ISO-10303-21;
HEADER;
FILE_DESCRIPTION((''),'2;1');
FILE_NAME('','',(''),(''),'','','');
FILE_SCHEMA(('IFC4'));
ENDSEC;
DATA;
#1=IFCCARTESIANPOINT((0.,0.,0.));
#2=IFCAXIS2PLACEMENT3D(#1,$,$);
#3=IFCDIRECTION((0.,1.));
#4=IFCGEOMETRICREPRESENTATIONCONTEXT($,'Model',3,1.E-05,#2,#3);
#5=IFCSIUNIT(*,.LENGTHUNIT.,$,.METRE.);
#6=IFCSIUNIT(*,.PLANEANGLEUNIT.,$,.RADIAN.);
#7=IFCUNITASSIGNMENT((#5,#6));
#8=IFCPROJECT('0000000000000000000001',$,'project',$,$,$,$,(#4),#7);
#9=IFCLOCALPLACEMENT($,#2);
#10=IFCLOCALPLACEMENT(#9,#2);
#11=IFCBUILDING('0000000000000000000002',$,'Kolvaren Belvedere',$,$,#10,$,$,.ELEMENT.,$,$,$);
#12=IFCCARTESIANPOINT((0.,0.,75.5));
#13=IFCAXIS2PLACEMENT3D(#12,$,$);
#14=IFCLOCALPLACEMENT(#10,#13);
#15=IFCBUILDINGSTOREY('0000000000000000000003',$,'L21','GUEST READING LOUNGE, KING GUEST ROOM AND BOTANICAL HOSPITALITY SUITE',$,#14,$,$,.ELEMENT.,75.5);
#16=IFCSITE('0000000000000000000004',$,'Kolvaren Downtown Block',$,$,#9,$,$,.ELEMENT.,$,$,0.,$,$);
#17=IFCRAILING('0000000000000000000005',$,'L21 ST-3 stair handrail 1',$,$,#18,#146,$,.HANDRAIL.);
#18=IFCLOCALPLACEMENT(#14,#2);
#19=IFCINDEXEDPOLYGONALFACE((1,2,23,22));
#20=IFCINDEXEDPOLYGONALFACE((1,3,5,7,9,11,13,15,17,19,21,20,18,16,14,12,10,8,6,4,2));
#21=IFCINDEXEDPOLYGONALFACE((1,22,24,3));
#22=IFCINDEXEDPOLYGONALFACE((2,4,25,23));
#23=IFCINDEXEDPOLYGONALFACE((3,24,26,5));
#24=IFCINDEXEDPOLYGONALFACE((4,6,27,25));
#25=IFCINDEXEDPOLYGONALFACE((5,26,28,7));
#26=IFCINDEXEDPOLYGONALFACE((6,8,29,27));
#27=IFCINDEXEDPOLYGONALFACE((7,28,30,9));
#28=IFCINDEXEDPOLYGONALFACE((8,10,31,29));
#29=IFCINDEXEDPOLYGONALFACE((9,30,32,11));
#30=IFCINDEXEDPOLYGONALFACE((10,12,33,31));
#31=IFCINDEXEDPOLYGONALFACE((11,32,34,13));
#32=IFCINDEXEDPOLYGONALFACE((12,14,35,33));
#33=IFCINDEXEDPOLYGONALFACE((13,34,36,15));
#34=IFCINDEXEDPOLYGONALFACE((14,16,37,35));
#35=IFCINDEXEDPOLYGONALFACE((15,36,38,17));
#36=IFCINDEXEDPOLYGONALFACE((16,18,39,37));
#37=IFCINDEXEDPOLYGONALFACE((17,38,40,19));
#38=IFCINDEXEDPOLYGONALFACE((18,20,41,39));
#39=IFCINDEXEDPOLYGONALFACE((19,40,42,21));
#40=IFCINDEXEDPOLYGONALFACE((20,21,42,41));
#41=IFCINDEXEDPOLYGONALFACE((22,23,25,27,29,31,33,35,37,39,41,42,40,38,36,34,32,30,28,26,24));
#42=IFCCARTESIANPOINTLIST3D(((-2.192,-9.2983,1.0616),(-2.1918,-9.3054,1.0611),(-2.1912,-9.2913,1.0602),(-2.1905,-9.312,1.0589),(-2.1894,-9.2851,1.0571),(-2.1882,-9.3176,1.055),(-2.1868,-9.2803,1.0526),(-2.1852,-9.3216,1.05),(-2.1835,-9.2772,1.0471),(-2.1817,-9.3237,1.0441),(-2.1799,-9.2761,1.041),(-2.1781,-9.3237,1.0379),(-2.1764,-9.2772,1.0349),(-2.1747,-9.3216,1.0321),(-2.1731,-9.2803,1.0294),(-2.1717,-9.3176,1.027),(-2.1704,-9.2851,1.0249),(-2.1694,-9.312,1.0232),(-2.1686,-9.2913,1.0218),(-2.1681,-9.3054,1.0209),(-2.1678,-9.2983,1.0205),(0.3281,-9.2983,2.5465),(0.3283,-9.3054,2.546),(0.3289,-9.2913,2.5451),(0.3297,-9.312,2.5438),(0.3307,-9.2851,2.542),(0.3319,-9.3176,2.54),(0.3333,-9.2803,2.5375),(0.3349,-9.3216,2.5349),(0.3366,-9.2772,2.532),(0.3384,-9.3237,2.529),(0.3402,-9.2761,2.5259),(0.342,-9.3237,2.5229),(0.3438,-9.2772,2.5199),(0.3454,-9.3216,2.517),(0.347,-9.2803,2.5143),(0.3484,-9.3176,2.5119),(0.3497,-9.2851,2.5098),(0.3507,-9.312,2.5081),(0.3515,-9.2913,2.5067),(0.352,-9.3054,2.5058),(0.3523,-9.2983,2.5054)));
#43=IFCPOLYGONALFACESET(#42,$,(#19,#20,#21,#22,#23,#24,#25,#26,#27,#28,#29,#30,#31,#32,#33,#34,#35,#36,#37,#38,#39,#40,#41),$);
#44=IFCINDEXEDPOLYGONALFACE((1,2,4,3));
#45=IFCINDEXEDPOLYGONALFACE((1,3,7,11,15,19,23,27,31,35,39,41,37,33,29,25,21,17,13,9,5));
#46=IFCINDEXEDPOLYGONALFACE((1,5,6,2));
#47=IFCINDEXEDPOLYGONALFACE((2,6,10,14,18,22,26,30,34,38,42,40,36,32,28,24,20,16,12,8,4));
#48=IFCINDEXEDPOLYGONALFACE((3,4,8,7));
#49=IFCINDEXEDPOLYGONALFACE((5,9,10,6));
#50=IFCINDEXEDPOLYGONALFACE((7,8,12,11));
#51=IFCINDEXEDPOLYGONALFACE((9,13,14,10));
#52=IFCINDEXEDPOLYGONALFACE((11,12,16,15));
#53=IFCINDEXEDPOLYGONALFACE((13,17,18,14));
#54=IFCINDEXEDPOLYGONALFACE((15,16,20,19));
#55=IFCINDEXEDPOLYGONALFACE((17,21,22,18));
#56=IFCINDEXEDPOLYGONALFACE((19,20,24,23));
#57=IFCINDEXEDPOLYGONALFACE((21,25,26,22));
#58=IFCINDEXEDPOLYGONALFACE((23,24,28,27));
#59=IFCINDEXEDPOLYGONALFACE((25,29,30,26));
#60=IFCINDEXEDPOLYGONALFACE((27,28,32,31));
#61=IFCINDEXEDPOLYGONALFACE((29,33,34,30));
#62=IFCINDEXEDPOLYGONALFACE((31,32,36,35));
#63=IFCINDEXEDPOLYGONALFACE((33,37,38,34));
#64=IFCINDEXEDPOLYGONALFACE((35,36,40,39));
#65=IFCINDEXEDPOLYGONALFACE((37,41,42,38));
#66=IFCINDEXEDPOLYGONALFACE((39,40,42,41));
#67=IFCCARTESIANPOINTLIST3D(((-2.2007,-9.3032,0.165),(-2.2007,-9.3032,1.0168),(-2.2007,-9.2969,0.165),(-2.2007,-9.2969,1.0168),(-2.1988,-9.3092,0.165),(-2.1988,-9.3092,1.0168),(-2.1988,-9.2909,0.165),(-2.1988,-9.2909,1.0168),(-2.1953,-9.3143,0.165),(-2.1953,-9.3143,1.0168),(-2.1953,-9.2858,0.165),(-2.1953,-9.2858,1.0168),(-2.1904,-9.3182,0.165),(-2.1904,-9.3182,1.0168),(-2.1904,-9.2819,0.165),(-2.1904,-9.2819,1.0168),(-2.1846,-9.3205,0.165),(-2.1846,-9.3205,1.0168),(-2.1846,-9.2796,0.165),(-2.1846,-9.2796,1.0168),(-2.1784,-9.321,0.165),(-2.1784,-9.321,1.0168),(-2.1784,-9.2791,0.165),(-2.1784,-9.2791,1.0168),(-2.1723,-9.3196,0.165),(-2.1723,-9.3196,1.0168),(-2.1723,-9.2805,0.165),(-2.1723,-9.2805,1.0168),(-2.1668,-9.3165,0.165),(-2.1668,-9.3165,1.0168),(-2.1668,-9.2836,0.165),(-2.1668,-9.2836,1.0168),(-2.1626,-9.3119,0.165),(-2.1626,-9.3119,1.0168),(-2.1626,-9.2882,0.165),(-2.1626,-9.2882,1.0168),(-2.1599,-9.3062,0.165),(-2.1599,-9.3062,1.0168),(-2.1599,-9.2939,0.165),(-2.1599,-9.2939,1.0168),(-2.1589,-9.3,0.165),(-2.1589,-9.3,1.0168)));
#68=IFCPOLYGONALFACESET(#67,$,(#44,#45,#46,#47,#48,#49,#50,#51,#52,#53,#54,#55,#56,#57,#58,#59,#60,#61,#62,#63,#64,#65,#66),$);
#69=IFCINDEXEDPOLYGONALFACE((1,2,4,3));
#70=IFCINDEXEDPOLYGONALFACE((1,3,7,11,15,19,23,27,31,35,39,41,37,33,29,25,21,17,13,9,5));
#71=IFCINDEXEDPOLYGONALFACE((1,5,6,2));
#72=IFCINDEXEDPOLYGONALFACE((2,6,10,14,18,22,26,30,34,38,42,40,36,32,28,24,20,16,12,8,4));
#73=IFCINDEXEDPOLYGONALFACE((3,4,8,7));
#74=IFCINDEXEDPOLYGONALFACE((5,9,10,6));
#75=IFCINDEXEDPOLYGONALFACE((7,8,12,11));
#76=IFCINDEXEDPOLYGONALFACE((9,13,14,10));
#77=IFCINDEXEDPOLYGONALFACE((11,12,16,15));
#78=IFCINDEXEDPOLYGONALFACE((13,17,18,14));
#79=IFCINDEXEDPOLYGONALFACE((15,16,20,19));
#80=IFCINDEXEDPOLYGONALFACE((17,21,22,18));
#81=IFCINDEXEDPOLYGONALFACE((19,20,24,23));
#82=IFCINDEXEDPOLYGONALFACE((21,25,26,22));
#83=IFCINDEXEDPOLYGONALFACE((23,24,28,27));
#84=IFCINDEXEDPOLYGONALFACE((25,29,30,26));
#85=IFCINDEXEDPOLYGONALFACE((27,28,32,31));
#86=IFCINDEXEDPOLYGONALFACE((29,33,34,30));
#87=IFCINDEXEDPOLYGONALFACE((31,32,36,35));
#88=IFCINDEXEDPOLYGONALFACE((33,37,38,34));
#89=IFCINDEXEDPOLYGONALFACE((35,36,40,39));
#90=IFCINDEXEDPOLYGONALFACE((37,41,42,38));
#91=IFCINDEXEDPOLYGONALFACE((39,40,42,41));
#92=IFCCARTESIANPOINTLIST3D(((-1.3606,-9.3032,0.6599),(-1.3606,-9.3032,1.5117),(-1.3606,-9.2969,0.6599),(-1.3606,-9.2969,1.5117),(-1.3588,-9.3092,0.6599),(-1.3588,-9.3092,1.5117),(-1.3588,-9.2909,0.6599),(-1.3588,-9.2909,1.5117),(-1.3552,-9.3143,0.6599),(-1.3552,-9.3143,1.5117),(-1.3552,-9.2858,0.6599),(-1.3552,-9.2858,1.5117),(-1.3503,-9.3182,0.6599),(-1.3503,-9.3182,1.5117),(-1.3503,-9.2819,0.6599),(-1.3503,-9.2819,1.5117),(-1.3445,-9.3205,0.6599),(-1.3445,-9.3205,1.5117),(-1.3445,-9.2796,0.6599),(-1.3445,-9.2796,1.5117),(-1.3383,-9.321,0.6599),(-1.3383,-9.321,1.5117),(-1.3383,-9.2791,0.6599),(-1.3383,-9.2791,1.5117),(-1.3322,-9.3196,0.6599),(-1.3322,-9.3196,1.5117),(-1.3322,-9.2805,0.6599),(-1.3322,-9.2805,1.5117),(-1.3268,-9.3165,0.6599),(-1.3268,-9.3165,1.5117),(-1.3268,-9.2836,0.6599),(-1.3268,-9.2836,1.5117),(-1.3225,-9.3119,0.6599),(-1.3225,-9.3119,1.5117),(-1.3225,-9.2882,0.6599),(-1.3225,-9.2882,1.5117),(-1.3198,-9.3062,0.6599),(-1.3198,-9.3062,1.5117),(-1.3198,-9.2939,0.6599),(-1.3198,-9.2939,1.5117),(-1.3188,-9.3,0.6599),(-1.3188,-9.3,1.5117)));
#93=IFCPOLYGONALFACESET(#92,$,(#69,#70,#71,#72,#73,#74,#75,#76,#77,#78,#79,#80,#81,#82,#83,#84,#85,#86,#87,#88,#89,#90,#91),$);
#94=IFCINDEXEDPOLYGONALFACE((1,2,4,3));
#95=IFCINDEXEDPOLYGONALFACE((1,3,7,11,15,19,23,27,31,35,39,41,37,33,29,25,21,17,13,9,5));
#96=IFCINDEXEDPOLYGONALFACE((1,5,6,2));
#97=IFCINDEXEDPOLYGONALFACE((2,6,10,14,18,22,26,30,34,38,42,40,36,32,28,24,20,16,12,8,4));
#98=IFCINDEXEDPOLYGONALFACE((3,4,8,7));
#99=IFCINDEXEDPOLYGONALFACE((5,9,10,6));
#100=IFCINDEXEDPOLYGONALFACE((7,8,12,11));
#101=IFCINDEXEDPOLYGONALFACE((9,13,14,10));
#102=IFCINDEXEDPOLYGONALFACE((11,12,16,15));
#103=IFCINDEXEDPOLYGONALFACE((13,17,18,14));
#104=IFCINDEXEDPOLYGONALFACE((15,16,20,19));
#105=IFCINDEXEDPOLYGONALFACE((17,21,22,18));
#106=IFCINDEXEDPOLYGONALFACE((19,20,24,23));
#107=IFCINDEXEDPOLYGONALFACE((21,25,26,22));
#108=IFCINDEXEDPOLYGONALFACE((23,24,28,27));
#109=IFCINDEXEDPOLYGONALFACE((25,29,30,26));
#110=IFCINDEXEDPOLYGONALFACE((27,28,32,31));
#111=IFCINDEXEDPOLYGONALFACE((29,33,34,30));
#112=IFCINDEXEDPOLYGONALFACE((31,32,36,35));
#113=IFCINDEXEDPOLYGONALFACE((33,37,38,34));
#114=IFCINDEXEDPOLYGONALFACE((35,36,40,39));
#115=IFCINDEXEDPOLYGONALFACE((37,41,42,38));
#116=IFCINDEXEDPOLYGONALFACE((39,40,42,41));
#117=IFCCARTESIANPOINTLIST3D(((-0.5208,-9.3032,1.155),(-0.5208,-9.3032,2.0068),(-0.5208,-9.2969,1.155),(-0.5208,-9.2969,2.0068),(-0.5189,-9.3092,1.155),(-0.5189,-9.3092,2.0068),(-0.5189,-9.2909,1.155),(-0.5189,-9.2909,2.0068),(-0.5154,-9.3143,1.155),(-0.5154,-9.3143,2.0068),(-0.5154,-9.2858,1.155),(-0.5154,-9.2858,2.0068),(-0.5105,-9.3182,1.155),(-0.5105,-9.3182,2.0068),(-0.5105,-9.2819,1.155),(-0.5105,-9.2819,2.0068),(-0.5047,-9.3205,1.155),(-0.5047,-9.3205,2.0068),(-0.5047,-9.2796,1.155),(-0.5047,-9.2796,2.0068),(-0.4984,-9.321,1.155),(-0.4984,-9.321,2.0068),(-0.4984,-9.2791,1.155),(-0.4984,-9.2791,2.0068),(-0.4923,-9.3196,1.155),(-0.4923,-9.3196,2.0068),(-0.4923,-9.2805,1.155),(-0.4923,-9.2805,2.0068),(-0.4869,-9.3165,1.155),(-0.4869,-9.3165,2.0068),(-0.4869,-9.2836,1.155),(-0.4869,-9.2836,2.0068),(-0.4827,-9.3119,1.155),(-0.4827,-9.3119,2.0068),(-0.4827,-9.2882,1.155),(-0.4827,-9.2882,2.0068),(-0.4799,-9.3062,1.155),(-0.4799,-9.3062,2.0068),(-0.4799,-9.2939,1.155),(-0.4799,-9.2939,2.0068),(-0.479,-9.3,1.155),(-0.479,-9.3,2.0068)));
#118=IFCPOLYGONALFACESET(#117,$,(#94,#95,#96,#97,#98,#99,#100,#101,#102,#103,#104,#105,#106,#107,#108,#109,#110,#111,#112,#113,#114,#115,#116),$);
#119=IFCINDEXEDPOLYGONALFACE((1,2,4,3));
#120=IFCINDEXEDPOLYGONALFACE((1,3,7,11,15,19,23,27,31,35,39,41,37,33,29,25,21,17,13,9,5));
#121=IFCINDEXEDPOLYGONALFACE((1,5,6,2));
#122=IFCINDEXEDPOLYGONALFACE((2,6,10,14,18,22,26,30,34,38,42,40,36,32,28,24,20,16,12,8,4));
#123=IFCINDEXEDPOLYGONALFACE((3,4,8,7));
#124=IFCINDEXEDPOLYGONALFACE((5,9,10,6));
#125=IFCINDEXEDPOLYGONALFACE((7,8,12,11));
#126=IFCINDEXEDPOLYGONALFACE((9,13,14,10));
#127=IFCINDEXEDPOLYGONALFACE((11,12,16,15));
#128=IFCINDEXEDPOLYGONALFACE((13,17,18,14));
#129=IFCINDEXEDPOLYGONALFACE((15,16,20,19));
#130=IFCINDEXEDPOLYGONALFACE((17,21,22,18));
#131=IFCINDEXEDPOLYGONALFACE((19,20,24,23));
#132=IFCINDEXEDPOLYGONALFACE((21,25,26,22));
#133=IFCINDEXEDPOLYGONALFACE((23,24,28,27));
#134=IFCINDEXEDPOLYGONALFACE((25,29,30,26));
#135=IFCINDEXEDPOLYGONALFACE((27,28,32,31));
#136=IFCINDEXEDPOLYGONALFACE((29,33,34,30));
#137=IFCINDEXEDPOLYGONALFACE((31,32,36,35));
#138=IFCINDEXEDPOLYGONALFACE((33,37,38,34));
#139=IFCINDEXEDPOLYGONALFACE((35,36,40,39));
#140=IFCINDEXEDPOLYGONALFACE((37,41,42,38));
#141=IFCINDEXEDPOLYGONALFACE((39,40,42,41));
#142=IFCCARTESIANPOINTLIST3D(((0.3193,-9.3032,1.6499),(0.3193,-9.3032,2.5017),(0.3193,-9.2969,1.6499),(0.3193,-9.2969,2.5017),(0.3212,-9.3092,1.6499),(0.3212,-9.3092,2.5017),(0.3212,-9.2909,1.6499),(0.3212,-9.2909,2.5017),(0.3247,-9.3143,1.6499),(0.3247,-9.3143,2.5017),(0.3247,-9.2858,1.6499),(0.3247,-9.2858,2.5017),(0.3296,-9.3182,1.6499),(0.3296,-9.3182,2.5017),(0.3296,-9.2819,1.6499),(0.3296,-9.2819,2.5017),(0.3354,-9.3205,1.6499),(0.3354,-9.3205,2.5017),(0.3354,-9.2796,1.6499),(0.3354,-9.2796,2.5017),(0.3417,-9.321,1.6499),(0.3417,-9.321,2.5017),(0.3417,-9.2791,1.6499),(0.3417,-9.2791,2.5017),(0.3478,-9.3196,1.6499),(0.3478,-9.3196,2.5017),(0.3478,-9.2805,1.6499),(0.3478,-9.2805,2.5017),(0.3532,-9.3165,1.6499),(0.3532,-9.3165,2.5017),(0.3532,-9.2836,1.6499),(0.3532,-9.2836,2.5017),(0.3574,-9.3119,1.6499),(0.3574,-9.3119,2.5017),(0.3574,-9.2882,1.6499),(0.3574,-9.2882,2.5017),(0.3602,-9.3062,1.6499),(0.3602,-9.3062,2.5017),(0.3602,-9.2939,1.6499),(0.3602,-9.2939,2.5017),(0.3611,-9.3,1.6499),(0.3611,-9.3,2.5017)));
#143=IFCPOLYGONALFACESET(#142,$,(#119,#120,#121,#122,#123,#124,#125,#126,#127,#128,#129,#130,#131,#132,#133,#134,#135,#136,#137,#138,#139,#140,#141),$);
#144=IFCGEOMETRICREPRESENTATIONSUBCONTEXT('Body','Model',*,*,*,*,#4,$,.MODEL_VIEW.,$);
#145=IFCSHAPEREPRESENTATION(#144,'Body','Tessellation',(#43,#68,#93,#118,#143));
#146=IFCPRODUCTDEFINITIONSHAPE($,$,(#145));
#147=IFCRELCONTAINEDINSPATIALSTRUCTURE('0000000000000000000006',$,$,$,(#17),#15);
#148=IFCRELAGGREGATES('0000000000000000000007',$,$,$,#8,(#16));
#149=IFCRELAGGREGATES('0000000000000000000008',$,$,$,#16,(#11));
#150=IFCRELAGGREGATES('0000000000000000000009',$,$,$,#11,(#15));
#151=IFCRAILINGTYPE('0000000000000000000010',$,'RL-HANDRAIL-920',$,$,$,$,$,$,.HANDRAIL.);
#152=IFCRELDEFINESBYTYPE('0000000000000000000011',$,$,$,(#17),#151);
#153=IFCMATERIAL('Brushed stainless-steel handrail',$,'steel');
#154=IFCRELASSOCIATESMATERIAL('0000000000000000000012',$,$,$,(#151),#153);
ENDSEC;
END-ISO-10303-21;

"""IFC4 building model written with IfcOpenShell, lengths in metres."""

from ifc_helpers import new_model, si_unit, direction, frame, origin, origin_2d, place, context, subcontext, project, spatial, circle, extrude, material, type_object, element, save


model = new_model("IFC4")

# Units and contexts
model_context = context("Model", 3, precision=1e-05, world=origin(), true_north=direction((0.0, 1.0)))
body_context = subcontext(model_context, "Body", "Model", "MODEL_VIEW")
ifc_project = project(units=[si_unit("LENGTHUNIT", "METRE"), si_unit("PLANEANGLEUNIT", "RADIAN")], contexts=[model_context])

# Site, building, storey
site_placement = place(None, origin())
site = spatial("IfcSite", under=ifc_project, at=site_placement, Name="Kolvaren Downtown Block", CompositionType="ELEMENT", RefElevation=0.0)
building_placement = place(site_placement, origin())
building = spatial("IfcBuilding", under=site, at=building_placement, Name="Kolvaren Belvedere", CompositionType="ELEMENT")
storey_placement = place(building_placement, frame((0.0, 0.0, 75.5)))
storey = spatial("IfcBuildingStorey", under=building, at=storey_placement, Name="L21", Description="GUEST READING LOUNGE, KING GUEST ROOM AND BOTANICAL HOSPITALITY SUITE", CompositionType="ELEMENT", Elevation=75.5)

# Railing
ifc_material_1 = material(Name="Brushed stainless-steel handrail", Category="steel")
railing_type_1 = type_object("IfcRailingType", Name="RL-HANDRAIL-920", PredefinedType="HANDRAIL", material=ifc_material_1)
railing_1_placement = place(storey_placement, frame((-2.1799, -9.3, 0.165)))
element("IfcRailing", 1, at=railing_1_placement, inside=storey, type_object=railing_type_1, Name="L21 ST-3 stair handrail 1", PredefinedType="HANDRAIL", context=body_context, shape_type="SweptSolid", body=[
    extrude(circle(Radius=0.0239, at=origin_2d()), frame((0.0, 0.0, 0.876), z_axis=(0.861561, 0.0, 0.507655), x_axis=(0.0, 1.0, 0.0)), (0.0, 0.0, 1.0), 2.925),
    extrude(circle(Radius=0.021, at=origin_2d()), origin(), (0.0, 0.0, 1.0), 0.8518),
    extrude(circle(Radius=0.021, at=origin_2d()), frame((0.8401, 0.0, 0.4949)), (0.0, 0.0, 1.0), 0.8518),
    extrude(circle(Radius=0.021, at=origin_2d()), frame((1.6799, 0.0, 0.99)), (0.0, 0.0, 1.0), 0.8518),
    extrude(circle(Radius=0.021, at=origin_2d()), frame((2.52, 0.0, 1.4849)), (0.0, 0.0, 1.0), 0.8518),
])

save(model, "model.ifc")
